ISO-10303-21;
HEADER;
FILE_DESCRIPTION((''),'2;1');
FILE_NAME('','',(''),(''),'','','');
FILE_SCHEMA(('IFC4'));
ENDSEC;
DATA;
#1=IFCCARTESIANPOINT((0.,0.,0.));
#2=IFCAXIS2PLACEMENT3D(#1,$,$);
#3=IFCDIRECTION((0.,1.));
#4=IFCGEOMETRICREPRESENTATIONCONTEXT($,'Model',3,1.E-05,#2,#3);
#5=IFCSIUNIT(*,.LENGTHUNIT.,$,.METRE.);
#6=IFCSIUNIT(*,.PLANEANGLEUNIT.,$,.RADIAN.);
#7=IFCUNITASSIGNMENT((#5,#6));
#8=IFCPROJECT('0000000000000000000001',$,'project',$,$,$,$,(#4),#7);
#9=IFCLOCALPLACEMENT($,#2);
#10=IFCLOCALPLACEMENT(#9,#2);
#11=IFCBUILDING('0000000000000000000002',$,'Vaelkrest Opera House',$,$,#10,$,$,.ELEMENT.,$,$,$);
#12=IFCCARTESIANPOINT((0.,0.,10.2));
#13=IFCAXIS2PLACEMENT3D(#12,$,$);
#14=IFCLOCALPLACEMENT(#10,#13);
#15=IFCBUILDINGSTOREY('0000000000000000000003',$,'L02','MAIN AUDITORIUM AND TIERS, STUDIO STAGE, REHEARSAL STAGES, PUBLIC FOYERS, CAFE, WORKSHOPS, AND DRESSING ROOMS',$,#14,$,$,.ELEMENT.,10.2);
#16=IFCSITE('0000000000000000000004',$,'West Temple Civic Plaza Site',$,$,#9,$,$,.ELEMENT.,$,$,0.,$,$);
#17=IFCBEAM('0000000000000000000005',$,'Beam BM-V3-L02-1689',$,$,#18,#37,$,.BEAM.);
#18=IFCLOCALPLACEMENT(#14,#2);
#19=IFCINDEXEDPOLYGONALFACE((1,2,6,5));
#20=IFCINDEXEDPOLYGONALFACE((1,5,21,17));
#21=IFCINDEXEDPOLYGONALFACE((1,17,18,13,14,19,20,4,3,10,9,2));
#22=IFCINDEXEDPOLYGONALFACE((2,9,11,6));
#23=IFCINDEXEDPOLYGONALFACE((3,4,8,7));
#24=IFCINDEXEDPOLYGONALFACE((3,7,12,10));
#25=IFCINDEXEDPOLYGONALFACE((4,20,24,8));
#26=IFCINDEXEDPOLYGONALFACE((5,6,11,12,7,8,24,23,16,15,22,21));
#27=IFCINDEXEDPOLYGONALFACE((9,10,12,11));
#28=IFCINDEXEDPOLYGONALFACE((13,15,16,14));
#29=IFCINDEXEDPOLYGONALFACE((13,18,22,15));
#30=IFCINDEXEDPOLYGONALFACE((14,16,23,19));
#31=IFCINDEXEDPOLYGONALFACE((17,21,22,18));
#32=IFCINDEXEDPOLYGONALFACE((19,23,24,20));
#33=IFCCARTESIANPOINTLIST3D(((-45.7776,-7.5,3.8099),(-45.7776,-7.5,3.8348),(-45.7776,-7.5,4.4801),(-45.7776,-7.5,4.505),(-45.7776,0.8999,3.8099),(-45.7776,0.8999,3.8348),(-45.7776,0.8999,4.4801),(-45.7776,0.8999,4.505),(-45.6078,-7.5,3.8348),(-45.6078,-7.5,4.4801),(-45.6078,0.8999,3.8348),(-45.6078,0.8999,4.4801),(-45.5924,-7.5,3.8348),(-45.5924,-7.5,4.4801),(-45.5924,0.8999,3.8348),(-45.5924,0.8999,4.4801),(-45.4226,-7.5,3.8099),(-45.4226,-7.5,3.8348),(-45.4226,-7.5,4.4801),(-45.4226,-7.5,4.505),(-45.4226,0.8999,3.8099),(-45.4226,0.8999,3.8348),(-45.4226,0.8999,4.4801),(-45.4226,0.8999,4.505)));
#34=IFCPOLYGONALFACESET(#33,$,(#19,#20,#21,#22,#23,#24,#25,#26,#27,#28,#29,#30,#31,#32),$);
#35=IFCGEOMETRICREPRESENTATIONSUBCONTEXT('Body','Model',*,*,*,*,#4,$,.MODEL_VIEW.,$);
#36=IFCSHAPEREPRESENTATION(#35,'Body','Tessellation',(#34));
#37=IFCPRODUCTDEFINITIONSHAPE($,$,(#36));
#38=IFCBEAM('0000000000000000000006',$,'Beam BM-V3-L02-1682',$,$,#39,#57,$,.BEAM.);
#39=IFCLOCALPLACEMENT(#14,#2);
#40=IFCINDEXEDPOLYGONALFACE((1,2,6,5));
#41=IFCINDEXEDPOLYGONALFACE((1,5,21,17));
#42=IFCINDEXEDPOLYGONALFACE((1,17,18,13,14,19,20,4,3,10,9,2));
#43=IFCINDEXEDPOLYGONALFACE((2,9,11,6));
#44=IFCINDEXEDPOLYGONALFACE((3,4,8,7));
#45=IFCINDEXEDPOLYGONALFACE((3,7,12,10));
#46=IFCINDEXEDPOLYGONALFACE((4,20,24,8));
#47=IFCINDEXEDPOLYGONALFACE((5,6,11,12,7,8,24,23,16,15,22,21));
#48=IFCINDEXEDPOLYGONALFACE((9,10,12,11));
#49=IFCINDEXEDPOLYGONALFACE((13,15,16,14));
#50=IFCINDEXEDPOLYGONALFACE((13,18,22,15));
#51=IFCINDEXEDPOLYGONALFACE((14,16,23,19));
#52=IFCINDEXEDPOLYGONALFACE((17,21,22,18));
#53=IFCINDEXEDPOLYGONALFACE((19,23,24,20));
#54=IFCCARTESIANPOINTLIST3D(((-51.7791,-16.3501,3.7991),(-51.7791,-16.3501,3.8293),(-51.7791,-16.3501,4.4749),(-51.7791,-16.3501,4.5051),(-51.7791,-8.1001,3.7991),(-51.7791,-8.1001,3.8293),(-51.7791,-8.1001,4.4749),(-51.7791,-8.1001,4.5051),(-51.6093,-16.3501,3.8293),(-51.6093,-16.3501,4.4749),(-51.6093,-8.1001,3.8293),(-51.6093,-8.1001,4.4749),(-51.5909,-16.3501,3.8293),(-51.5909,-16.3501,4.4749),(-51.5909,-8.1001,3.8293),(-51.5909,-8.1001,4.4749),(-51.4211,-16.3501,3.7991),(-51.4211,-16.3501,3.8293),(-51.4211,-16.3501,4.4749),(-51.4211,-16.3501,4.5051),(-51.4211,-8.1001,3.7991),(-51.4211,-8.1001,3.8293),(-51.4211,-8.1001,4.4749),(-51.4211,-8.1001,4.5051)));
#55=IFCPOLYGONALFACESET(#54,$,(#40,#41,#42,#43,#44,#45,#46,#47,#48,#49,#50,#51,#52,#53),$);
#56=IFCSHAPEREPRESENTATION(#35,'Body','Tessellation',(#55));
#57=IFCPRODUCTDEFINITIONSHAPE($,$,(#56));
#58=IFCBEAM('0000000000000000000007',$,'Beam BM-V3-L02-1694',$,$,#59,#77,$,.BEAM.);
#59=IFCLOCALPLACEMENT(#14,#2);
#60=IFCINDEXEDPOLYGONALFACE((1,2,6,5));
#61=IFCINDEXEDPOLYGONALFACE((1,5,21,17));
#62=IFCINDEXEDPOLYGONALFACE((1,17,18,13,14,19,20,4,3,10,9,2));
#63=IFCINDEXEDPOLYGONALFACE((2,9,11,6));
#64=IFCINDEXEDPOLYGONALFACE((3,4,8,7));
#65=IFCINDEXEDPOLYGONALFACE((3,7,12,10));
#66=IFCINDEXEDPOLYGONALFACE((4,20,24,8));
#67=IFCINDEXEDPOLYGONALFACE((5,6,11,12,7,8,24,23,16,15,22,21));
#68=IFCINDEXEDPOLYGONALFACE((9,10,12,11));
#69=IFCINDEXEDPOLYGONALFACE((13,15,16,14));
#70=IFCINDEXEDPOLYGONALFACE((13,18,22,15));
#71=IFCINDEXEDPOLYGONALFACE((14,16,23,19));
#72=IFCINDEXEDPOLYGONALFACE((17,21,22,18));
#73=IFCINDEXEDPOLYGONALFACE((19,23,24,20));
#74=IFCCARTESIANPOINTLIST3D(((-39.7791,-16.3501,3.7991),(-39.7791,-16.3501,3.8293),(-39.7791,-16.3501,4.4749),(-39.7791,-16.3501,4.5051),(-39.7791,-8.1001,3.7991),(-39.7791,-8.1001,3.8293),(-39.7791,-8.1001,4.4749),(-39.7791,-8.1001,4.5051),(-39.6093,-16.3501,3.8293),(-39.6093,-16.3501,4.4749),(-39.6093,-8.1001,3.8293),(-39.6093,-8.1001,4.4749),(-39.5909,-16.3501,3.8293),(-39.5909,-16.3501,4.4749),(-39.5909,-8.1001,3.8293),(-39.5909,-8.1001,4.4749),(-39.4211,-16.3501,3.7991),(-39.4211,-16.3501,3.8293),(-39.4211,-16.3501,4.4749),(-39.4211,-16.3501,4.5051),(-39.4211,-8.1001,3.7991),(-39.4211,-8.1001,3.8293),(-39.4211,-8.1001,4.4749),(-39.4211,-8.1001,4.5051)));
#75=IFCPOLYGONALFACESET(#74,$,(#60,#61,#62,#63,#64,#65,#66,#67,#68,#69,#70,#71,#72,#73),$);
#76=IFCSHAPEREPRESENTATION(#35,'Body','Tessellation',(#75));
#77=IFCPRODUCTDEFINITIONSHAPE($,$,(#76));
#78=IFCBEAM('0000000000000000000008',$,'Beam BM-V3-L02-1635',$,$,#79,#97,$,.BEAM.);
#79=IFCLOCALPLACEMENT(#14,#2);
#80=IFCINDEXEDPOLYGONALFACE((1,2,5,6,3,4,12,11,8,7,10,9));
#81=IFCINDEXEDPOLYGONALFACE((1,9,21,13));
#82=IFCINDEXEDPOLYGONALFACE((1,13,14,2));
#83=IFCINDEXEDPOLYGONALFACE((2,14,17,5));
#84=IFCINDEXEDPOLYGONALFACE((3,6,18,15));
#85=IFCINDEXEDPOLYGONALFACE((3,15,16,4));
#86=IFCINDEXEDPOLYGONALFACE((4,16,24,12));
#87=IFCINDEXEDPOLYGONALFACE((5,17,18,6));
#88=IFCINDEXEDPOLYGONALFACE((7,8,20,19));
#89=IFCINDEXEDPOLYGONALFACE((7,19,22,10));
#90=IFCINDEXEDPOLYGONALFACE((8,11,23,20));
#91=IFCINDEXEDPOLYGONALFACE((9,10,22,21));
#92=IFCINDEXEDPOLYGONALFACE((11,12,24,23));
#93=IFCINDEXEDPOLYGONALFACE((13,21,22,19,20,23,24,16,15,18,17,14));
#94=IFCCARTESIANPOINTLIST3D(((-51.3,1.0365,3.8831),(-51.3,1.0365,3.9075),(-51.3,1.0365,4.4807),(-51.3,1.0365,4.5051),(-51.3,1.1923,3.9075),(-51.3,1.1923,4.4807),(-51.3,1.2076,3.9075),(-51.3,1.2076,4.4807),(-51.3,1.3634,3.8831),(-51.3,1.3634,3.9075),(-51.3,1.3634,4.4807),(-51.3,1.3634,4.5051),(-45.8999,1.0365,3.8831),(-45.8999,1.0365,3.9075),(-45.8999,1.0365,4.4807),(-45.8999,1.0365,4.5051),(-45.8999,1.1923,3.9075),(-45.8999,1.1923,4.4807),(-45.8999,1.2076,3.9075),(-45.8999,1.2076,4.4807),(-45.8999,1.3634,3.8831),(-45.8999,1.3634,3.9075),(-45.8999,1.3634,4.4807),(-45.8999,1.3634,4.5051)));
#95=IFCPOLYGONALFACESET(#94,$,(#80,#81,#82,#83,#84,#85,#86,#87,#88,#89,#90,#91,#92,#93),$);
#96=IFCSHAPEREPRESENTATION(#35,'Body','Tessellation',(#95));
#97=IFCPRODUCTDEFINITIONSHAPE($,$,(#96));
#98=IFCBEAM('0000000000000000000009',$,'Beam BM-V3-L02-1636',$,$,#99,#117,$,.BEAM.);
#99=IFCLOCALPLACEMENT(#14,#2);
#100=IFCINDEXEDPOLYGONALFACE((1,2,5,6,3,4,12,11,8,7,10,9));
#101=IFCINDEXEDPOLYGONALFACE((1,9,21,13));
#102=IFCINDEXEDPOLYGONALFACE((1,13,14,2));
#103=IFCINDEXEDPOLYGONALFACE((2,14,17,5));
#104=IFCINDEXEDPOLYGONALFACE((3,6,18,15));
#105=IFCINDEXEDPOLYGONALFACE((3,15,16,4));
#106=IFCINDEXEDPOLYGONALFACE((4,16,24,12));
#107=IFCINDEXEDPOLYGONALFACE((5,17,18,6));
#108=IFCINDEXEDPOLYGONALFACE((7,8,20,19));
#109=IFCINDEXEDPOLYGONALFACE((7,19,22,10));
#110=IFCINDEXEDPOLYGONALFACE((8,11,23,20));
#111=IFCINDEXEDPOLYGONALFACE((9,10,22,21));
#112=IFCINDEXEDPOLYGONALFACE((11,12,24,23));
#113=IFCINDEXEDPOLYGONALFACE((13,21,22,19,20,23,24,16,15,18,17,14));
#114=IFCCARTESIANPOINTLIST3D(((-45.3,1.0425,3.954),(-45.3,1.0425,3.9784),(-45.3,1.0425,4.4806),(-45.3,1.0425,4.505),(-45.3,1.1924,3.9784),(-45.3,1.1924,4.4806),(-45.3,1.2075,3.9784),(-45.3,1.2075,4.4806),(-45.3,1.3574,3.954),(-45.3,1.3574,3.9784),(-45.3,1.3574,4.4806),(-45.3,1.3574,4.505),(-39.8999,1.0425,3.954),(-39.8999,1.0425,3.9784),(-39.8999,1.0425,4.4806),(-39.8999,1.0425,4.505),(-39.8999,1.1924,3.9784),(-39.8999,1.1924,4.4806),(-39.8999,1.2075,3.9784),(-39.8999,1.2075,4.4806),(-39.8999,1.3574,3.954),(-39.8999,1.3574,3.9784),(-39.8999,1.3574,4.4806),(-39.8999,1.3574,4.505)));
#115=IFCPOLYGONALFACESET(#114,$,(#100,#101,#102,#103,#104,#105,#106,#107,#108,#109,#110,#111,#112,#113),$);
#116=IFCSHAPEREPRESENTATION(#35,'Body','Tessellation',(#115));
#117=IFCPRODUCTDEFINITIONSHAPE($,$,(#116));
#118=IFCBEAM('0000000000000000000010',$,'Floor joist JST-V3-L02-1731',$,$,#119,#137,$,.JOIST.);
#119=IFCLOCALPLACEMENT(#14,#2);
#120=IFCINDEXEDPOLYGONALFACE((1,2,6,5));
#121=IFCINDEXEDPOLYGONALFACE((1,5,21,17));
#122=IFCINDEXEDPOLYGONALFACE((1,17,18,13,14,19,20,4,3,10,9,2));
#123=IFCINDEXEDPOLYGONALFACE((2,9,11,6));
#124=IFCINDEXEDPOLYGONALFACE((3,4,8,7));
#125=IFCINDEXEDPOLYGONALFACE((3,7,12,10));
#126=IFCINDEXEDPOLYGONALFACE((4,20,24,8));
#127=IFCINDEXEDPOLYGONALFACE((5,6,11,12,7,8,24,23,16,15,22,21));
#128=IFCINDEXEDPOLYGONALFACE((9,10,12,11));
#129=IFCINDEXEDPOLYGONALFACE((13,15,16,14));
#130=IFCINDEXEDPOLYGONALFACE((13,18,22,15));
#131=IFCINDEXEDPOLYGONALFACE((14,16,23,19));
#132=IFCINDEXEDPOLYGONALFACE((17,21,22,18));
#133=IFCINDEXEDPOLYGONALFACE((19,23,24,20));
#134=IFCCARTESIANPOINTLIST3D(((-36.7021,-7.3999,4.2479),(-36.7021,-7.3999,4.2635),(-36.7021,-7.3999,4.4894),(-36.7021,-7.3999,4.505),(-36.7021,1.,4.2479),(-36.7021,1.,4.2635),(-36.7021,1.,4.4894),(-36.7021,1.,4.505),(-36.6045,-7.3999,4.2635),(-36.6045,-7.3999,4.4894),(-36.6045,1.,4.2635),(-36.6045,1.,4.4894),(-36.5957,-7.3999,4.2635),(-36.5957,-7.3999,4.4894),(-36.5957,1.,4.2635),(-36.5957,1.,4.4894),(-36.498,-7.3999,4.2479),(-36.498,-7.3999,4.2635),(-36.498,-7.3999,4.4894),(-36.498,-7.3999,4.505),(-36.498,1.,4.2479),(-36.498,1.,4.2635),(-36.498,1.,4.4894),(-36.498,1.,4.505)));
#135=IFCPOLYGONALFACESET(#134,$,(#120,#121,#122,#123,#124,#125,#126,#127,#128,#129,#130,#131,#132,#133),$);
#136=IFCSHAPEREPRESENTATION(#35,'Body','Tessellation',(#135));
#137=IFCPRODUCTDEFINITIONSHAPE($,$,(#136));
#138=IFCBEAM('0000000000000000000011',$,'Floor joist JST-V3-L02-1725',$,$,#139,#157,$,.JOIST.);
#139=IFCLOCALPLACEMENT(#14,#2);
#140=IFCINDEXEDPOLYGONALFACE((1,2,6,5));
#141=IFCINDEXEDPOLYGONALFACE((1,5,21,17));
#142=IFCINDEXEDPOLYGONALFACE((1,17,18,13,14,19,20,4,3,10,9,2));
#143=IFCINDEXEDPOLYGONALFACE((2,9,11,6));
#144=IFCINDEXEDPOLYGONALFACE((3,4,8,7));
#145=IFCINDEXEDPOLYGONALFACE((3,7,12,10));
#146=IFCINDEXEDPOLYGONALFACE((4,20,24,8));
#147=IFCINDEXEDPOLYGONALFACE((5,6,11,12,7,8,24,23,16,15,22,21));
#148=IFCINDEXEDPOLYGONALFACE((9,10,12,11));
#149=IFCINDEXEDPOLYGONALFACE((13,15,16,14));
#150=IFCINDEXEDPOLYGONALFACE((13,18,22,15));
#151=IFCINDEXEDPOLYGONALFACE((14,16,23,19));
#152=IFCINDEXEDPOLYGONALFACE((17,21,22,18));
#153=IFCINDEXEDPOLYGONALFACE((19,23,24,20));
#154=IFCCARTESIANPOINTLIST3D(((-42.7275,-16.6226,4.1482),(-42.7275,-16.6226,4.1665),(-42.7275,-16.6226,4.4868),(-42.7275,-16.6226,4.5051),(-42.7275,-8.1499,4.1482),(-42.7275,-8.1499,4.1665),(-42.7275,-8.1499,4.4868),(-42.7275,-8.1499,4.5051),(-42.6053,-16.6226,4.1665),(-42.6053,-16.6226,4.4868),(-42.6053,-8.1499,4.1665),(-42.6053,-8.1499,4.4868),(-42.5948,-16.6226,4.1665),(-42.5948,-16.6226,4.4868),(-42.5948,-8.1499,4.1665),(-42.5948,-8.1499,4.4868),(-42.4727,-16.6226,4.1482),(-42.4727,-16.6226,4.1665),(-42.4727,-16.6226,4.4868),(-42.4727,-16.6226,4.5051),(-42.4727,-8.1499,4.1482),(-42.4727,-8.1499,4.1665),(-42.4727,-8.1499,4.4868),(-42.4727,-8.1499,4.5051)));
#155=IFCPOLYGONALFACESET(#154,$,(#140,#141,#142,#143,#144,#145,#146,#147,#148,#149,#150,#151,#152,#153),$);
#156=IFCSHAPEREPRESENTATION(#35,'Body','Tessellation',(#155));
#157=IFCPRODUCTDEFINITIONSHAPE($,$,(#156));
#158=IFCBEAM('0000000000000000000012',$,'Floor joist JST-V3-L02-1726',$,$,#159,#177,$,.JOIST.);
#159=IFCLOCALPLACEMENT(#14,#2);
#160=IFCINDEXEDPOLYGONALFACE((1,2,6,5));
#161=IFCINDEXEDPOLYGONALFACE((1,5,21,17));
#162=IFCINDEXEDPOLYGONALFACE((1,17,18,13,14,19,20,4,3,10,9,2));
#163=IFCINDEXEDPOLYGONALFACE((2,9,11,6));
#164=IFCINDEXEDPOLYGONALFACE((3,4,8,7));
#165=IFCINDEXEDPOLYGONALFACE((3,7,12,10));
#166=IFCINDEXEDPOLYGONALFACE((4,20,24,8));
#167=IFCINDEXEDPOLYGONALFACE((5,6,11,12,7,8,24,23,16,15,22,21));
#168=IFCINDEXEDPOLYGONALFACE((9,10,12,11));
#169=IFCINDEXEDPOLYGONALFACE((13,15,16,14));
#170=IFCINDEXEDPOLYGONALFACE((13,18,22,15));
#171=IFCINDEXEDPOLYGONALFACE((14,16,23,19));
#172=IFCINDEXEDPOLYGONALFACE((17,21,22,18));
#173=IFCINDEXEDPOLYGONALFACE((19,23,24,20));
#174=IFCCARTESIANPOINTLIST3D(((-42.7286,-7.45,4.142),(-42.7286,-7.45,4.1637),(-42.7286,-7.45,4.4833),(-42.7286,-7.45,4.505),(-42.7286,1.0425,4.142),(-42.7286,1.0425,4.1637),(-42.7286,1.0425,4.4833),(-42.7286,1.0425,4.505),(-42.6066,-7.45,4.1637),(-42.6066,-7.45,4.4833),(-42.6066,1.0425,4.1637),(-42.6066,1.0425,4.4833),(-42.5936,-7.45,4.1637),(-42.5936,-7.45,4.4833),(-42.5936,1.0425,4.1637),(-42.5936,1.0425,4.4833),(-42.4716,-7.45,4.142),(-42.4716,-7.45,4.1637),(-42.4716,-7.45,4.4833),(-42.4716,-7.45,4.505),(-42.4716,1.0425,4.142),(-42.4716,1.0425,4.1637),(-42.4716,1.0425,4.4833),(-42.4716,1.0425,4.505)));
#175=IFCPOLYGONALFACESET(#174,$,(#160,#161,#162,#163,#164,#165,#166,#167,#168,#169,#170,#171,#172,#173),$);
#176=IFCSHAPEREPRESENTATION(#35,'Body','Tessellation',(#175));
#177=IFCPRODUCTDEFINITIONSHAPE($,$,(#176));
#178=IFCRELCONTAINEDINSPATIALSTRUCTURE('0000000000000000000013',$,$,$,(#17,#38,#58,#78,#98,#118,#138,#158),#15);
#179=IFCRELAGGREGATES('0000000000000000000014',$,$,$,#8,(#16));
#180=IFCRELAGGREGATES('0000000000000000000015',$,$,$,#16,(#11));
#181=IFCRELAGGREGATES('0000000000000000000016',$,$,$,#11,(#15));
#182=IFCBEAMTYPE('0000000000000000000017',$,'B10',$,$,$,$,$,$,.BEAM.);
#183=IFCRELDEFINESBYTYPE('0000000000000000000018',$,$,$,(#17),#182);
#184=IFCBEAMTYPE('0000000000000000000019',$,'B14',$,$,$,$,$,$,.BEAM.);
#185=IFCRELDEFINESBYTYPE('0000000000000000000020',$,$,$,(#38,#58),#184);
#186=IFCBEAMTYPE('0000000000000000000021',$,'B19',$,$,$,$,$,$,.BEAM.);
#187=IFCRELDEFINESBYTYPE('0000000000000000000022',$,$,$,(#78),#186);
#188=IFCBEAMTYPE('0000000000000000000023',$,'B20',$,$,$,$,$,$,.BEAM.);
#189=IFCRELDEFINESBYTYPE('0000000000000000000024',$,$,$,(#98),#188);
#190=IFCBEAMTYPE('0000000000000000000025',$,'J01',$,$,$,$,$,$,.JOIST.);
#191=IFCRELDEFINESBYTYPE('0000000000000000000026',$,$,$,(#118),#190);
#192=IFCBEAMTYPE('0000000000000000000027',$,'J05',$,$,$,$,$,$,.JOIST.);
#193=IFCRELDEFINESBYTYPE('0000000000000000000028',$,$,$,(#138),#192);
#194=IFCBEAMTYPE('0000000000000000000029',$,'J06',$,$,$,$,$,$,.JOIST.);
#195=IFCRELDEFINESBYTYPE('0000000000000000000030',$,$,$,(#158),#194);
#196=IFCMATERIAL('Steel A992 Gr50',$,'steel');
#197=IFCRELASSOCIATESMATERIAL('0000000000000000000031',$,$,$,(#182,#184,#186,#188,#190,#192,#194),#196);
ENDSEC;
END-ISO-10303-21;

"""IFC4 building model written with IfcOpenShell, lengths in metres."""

from ifc_helpers import new_model, si_unit, direction, frame, origin, origin_2d, place, context, subcontext, project, spatial, i_section, extrude, material, material_profile, profile_set, type_object, element, save


model = new_model("IFC4")

# Units and contexts
model_context = context("Model", 3, precision=1e-05, world=origin(), true_north=direction((0.0, 1.0)))
body_context = subcontext(model_context, "Body", "Model", "MODEL_VIEW")
ifc_project = project(units=[si_unit("LENGTHUNIT", "METRE"), si_unit("PLANEANGLEUNIT", "RADIAN")], contexts=[model_context])

# Site, building, storey
site_placement = place(None, origin())
site = spatial("IfcSite", under=ifc_project, at=site_placement, Name="West Temple Civic Plaza Site", CompositionType="ELEMENT", RefElevation=0.0)
building_placement = place(site_placement, origin())
building = spatial("IfcBuilding", under=site, at=building_placement, Name="Vaelkrest Opera House", CompositionType="ELEMENT")
storey_placement = place(building_placement, frame((0.0, 0.0, 10.2)))
storey = spatial("IfcBuildingStorey", under=building, at=storey_placement, Name="L02", Description="MAIN AUDITORIUM AND TIERS, STUDIO STAGE, REHEARSAL STAGES, PUBLIC FOYERS, CAFE, WORKSHOPS, AND DRESSING ROOMS", CompositionType="ELEMENT", Elevation=10.2)

# Beams
ifc_material_1 = material(Name="Steel A992 Gr50", Category="steel")
ifc_material_profile_1 = material_profile(ifc_material_1, i_section(OverallWidth=0.355, OverallDepth=0.6951, WebThickness=0.0154, FlangeThickness=0.0249, at=origin_2d()), Name="W27X146")
ifc_profile_set_1 = profile_set([ifc_material_profile_1], Name="Steel A992 Gr50")
beam_type_1 = type_object("IfcBeamType", Name="B10", PredefinedType="BEAM", material=ifc_profile_set_1)
beam_1_placement = place(storey_placement, frame((-45.6001, -7.5, 4.1575), z_axis=(0.0, 1.0, 0.0), x_axis=(-1.0, 0.0, 0.0)))
element("IfcBeam", 1, at=beam_1_placement, inside=storey, type_object=beam_type_1, Name="Beam BM-V3-L02-1689", PredefinedType="BEAM", context=body_context, shape_type="SweptSolid", body=[
    extrude(i_section(OverallWidth=0.355, OverallDepth=0.6951, WebThickness=0.0154, FlangeThickness=0.0249, at=origin_2d()), origin(), (0.0, 0.0, 1.0), 8.3999),
])
ifc_material_profile_2 = material_profile(ifc_material_1, i_section(OverallWidth=0.3579, OverallDepth=0.7061, WebThickness=0.0183, FlangeThickness=0.0303, at=origin_2d()), Name="W27X178")
ifc_profile_set_2 = profile_set([ifc_material_profile_2], Name="Steel A992 Gr50")
beam_type_2 = type_object("IfcBeamType", Name="B14", PredefinedType="BEAM", material=ifc_profile_set_2)
for number, where, z_axis, x_axis, name in (
    (2, (-51.6001, -16.3501, 4.1521), (0.0, 1.0, 0.0), (-1.0, 0.0, 0.0), "Beam BM-V3-L02-1682"),
    (3, (-39.6001, -16.3501, 4.1521), (0.0, 1.0, 0.0), (-1.0, 0.0, 0.0), "Beam BM-V3-L02-1694"),
):
    element("IfcBeam", number, at=place(storey_placement, frame(where, z_axis=z_axis, x_axis=x_axis)), inside=storey, type_object=beam_type_2, Name=name, PredefinedType="BEAM", context=body_context, shape_type="SweptSolid", body=[
        extrude(i_section(OverallWidth=0.3579, OverallDepth=0.7061, WebThickness=0.0183, FlangeThickness=0.0303, at=origin_2d()), origin(), (0.0, 0.0, 1.0), 8.25),
    ])
ifc_material_profile_3 = material_profile(ifc_material_1, i_section(OverallWidth=0.3269, OverallDepth=0.6221, WebThickness=0.0154, FlangeThickness=0.0244, at=origin_2d()), Name="W24X131")
ifc_profile_set_3 = profile_set([ifc_material_profile_3], Name="Steel A992 Gr50")
beam_type_3 = type_object("IfcBeamType", Name="B19", PredefinedType="BEAM", material=ifc_profile_set_3)
beam_2_placement = place(storey_placement, frame((-51.3, 1.2, 4.1941), z_axis=(1.0, 0.0, 0.0), x_axis=(0.0, 1.0, 0.0)))
element("IfcBeam", 4, at=beam_2_placement, inside=storey, type_object=beam_type_3, Name="Beam BM-V3-L02-1635", PredefinedType="BEAM", context=body_context, shape_type="SweptSolid", body=[
    extrude(i_section(OverallWidth=0.3269, OverallDepth=0.6221, WebThickness=0.0154, FlangeThickness=0.0244, at=origin_2d()), origin(), (0.0, 0.0, 1.0), 5.4001),
])
ifc_material_profile_4 = material_profile(ifc_material_1, i_section(OverallWidth=0.3149, OverallDepth=0.551, WebThickness=0.0151, FlangeThickness=0.0244, at=origin_2d()), Name="W21X122")
ifc_profile_set_4 = profile_set([ifc_material_profile_4], Name="Steel A992 Gr50")
beam_type_4 = type_object("IfcBeamType", Name="B20", PredefinedType="BEAM", material=ifc_profile_set_4)
beam_3_placement = place(storey_placement, frame((-45.3, 1.2, 4.2295), z_axis=(1.0, 0.0, 0.0), x_axis=(0.0, 1.0, 0.0)))
element("IfcBeam", 5, at=beam_3_placement, inside=storey, type_object=beam_type_4, Name="Beam BM-V3-L02-1636", PredefinedType="BEAM", context=body_context, shape_type="SweptSolid", body=[
    extrude(i_section(OverallWidth=0.3149, OverallDepth=0.551, WebThickness=0.0151, FlangeThickness=0.0244, at=origin_2d()), origin(), (0.0, 0.0, 1.0), 5.4001),
])
ifc_material_profile_5 = material_profile(ifc_material_1, i_section(OverallWidth=0.2041, OverallDepth=0.2571, WebThickness=0.0088, FlangeThickness=0.0156, at=origin_2d()), Name="W10X45")
ifc_profile_set_5 = profile_set([ifc_material_profile_5], Name="Steel A992 Gr50")
beam_type_5 = type_object("IfcBeamType", Name="J01", PredefinedType="JOIST", material=ifc_profile_set_5)
beam_4_placement = place(storey_placement, frame((-36.6001, -7.3999, 4.3765), z_axis=(0.0, 1.0, 0.0), x_axis=(-1.0, 0.0, 0.0)))
element("IfcBeam", 6, at=beam_4_placement, inside=storey, type_object=beam_type_5, Name="Floor joist JST-V3-L02-1731", PredefinedType="JOIST", context=body_context, shape_type="SweptSolid", body=[
    extrude(i_section(OverallWidth=0.2041, OverallDepth=0.2571, WebThickness=0.0088, FlangeThickness=0.0156, at=origin_2d()), origin(), (0.0, 0.0, 1.0), 8.3999),
])
ifc_material_profile_6 = material_profile(ifc_material_1, i_section(OverallWidth=0.2549, OverallDepth=0.3569, WebThickness=0.0105, FlangeThickness=0.0183, at=origin_2d()), Name="W14X68")
ifc_profile_set_6 = profile_set([ifc_material_profile_6], Name="Steel A992 Gr50")
beam_type_6 = type_object("IfcBeamType", Name="J05", PredefinedType="JOIST", material=ifc_profile_set_6)
beam_5_placement = place(storey_placement, frame((-42.6001, -16.6226, 4.3267), z_axis=(0.0, 1.0, 0.0), x_axis=(-1.0, 0.0, 0.0)))
element("IfcBeam", 7, at=beam_5_placement, inside=storey, type_object=beam_type_6, Name="Floor joist JST-V3-L02-1725", PredefinedType="JOIST", context=body_context, shape_type="SweptSolid", body=[
    extrude(i_section(OverallWidth=0.2549, OverallDepth=0.3569, WebThickness=0.0105, FlangeThickness=0.0183, at=origin_2d()), origin(), (0.0, 0.0, 1.0), 8.4727),
])
ifc_material_profile_7 = material_profile(ifc_material_1, i_section(OverallWidth=0.2571, OverallDepth=0.363, WebThickness=0.0129, FlangeThickness=0.0217, at=origin_2d()), Name="W14X82")
ifc_profile_set_7 = profile_set([ifc_material_profile_7], Name="Steel A992 Gr50")
beam_type_7 = type_object("IfcBeamType", Name="J06", PredefinedType="JOIST", material=ifc_profile_set_7)
beam_6_placement = place(storey_placement, frame((-42.6001, -7.45, 4.3235), z_axis=(0.0, 1.0, 0.0), x_axis=(-1.0, 0.0, 0.0)))
element("IfcBeam", 8, at=beam_6_placement, inside=storey, type_object=beam_type_7, Name="Floor joist JST-V3-L02-1726", PredefinedType="JOIST", context=body_context, shape_type="SweptSolid", body=[
    extrude(i_section(OverallWidth=0.2571, OverallDepth=0.363, WebThickness=0.0129, FlangeThickness=0.0217, at=origin_2d()), origin(), (0.0, 0.0, 1.0), 8.4924),
])

save(model, "model.ifc")
